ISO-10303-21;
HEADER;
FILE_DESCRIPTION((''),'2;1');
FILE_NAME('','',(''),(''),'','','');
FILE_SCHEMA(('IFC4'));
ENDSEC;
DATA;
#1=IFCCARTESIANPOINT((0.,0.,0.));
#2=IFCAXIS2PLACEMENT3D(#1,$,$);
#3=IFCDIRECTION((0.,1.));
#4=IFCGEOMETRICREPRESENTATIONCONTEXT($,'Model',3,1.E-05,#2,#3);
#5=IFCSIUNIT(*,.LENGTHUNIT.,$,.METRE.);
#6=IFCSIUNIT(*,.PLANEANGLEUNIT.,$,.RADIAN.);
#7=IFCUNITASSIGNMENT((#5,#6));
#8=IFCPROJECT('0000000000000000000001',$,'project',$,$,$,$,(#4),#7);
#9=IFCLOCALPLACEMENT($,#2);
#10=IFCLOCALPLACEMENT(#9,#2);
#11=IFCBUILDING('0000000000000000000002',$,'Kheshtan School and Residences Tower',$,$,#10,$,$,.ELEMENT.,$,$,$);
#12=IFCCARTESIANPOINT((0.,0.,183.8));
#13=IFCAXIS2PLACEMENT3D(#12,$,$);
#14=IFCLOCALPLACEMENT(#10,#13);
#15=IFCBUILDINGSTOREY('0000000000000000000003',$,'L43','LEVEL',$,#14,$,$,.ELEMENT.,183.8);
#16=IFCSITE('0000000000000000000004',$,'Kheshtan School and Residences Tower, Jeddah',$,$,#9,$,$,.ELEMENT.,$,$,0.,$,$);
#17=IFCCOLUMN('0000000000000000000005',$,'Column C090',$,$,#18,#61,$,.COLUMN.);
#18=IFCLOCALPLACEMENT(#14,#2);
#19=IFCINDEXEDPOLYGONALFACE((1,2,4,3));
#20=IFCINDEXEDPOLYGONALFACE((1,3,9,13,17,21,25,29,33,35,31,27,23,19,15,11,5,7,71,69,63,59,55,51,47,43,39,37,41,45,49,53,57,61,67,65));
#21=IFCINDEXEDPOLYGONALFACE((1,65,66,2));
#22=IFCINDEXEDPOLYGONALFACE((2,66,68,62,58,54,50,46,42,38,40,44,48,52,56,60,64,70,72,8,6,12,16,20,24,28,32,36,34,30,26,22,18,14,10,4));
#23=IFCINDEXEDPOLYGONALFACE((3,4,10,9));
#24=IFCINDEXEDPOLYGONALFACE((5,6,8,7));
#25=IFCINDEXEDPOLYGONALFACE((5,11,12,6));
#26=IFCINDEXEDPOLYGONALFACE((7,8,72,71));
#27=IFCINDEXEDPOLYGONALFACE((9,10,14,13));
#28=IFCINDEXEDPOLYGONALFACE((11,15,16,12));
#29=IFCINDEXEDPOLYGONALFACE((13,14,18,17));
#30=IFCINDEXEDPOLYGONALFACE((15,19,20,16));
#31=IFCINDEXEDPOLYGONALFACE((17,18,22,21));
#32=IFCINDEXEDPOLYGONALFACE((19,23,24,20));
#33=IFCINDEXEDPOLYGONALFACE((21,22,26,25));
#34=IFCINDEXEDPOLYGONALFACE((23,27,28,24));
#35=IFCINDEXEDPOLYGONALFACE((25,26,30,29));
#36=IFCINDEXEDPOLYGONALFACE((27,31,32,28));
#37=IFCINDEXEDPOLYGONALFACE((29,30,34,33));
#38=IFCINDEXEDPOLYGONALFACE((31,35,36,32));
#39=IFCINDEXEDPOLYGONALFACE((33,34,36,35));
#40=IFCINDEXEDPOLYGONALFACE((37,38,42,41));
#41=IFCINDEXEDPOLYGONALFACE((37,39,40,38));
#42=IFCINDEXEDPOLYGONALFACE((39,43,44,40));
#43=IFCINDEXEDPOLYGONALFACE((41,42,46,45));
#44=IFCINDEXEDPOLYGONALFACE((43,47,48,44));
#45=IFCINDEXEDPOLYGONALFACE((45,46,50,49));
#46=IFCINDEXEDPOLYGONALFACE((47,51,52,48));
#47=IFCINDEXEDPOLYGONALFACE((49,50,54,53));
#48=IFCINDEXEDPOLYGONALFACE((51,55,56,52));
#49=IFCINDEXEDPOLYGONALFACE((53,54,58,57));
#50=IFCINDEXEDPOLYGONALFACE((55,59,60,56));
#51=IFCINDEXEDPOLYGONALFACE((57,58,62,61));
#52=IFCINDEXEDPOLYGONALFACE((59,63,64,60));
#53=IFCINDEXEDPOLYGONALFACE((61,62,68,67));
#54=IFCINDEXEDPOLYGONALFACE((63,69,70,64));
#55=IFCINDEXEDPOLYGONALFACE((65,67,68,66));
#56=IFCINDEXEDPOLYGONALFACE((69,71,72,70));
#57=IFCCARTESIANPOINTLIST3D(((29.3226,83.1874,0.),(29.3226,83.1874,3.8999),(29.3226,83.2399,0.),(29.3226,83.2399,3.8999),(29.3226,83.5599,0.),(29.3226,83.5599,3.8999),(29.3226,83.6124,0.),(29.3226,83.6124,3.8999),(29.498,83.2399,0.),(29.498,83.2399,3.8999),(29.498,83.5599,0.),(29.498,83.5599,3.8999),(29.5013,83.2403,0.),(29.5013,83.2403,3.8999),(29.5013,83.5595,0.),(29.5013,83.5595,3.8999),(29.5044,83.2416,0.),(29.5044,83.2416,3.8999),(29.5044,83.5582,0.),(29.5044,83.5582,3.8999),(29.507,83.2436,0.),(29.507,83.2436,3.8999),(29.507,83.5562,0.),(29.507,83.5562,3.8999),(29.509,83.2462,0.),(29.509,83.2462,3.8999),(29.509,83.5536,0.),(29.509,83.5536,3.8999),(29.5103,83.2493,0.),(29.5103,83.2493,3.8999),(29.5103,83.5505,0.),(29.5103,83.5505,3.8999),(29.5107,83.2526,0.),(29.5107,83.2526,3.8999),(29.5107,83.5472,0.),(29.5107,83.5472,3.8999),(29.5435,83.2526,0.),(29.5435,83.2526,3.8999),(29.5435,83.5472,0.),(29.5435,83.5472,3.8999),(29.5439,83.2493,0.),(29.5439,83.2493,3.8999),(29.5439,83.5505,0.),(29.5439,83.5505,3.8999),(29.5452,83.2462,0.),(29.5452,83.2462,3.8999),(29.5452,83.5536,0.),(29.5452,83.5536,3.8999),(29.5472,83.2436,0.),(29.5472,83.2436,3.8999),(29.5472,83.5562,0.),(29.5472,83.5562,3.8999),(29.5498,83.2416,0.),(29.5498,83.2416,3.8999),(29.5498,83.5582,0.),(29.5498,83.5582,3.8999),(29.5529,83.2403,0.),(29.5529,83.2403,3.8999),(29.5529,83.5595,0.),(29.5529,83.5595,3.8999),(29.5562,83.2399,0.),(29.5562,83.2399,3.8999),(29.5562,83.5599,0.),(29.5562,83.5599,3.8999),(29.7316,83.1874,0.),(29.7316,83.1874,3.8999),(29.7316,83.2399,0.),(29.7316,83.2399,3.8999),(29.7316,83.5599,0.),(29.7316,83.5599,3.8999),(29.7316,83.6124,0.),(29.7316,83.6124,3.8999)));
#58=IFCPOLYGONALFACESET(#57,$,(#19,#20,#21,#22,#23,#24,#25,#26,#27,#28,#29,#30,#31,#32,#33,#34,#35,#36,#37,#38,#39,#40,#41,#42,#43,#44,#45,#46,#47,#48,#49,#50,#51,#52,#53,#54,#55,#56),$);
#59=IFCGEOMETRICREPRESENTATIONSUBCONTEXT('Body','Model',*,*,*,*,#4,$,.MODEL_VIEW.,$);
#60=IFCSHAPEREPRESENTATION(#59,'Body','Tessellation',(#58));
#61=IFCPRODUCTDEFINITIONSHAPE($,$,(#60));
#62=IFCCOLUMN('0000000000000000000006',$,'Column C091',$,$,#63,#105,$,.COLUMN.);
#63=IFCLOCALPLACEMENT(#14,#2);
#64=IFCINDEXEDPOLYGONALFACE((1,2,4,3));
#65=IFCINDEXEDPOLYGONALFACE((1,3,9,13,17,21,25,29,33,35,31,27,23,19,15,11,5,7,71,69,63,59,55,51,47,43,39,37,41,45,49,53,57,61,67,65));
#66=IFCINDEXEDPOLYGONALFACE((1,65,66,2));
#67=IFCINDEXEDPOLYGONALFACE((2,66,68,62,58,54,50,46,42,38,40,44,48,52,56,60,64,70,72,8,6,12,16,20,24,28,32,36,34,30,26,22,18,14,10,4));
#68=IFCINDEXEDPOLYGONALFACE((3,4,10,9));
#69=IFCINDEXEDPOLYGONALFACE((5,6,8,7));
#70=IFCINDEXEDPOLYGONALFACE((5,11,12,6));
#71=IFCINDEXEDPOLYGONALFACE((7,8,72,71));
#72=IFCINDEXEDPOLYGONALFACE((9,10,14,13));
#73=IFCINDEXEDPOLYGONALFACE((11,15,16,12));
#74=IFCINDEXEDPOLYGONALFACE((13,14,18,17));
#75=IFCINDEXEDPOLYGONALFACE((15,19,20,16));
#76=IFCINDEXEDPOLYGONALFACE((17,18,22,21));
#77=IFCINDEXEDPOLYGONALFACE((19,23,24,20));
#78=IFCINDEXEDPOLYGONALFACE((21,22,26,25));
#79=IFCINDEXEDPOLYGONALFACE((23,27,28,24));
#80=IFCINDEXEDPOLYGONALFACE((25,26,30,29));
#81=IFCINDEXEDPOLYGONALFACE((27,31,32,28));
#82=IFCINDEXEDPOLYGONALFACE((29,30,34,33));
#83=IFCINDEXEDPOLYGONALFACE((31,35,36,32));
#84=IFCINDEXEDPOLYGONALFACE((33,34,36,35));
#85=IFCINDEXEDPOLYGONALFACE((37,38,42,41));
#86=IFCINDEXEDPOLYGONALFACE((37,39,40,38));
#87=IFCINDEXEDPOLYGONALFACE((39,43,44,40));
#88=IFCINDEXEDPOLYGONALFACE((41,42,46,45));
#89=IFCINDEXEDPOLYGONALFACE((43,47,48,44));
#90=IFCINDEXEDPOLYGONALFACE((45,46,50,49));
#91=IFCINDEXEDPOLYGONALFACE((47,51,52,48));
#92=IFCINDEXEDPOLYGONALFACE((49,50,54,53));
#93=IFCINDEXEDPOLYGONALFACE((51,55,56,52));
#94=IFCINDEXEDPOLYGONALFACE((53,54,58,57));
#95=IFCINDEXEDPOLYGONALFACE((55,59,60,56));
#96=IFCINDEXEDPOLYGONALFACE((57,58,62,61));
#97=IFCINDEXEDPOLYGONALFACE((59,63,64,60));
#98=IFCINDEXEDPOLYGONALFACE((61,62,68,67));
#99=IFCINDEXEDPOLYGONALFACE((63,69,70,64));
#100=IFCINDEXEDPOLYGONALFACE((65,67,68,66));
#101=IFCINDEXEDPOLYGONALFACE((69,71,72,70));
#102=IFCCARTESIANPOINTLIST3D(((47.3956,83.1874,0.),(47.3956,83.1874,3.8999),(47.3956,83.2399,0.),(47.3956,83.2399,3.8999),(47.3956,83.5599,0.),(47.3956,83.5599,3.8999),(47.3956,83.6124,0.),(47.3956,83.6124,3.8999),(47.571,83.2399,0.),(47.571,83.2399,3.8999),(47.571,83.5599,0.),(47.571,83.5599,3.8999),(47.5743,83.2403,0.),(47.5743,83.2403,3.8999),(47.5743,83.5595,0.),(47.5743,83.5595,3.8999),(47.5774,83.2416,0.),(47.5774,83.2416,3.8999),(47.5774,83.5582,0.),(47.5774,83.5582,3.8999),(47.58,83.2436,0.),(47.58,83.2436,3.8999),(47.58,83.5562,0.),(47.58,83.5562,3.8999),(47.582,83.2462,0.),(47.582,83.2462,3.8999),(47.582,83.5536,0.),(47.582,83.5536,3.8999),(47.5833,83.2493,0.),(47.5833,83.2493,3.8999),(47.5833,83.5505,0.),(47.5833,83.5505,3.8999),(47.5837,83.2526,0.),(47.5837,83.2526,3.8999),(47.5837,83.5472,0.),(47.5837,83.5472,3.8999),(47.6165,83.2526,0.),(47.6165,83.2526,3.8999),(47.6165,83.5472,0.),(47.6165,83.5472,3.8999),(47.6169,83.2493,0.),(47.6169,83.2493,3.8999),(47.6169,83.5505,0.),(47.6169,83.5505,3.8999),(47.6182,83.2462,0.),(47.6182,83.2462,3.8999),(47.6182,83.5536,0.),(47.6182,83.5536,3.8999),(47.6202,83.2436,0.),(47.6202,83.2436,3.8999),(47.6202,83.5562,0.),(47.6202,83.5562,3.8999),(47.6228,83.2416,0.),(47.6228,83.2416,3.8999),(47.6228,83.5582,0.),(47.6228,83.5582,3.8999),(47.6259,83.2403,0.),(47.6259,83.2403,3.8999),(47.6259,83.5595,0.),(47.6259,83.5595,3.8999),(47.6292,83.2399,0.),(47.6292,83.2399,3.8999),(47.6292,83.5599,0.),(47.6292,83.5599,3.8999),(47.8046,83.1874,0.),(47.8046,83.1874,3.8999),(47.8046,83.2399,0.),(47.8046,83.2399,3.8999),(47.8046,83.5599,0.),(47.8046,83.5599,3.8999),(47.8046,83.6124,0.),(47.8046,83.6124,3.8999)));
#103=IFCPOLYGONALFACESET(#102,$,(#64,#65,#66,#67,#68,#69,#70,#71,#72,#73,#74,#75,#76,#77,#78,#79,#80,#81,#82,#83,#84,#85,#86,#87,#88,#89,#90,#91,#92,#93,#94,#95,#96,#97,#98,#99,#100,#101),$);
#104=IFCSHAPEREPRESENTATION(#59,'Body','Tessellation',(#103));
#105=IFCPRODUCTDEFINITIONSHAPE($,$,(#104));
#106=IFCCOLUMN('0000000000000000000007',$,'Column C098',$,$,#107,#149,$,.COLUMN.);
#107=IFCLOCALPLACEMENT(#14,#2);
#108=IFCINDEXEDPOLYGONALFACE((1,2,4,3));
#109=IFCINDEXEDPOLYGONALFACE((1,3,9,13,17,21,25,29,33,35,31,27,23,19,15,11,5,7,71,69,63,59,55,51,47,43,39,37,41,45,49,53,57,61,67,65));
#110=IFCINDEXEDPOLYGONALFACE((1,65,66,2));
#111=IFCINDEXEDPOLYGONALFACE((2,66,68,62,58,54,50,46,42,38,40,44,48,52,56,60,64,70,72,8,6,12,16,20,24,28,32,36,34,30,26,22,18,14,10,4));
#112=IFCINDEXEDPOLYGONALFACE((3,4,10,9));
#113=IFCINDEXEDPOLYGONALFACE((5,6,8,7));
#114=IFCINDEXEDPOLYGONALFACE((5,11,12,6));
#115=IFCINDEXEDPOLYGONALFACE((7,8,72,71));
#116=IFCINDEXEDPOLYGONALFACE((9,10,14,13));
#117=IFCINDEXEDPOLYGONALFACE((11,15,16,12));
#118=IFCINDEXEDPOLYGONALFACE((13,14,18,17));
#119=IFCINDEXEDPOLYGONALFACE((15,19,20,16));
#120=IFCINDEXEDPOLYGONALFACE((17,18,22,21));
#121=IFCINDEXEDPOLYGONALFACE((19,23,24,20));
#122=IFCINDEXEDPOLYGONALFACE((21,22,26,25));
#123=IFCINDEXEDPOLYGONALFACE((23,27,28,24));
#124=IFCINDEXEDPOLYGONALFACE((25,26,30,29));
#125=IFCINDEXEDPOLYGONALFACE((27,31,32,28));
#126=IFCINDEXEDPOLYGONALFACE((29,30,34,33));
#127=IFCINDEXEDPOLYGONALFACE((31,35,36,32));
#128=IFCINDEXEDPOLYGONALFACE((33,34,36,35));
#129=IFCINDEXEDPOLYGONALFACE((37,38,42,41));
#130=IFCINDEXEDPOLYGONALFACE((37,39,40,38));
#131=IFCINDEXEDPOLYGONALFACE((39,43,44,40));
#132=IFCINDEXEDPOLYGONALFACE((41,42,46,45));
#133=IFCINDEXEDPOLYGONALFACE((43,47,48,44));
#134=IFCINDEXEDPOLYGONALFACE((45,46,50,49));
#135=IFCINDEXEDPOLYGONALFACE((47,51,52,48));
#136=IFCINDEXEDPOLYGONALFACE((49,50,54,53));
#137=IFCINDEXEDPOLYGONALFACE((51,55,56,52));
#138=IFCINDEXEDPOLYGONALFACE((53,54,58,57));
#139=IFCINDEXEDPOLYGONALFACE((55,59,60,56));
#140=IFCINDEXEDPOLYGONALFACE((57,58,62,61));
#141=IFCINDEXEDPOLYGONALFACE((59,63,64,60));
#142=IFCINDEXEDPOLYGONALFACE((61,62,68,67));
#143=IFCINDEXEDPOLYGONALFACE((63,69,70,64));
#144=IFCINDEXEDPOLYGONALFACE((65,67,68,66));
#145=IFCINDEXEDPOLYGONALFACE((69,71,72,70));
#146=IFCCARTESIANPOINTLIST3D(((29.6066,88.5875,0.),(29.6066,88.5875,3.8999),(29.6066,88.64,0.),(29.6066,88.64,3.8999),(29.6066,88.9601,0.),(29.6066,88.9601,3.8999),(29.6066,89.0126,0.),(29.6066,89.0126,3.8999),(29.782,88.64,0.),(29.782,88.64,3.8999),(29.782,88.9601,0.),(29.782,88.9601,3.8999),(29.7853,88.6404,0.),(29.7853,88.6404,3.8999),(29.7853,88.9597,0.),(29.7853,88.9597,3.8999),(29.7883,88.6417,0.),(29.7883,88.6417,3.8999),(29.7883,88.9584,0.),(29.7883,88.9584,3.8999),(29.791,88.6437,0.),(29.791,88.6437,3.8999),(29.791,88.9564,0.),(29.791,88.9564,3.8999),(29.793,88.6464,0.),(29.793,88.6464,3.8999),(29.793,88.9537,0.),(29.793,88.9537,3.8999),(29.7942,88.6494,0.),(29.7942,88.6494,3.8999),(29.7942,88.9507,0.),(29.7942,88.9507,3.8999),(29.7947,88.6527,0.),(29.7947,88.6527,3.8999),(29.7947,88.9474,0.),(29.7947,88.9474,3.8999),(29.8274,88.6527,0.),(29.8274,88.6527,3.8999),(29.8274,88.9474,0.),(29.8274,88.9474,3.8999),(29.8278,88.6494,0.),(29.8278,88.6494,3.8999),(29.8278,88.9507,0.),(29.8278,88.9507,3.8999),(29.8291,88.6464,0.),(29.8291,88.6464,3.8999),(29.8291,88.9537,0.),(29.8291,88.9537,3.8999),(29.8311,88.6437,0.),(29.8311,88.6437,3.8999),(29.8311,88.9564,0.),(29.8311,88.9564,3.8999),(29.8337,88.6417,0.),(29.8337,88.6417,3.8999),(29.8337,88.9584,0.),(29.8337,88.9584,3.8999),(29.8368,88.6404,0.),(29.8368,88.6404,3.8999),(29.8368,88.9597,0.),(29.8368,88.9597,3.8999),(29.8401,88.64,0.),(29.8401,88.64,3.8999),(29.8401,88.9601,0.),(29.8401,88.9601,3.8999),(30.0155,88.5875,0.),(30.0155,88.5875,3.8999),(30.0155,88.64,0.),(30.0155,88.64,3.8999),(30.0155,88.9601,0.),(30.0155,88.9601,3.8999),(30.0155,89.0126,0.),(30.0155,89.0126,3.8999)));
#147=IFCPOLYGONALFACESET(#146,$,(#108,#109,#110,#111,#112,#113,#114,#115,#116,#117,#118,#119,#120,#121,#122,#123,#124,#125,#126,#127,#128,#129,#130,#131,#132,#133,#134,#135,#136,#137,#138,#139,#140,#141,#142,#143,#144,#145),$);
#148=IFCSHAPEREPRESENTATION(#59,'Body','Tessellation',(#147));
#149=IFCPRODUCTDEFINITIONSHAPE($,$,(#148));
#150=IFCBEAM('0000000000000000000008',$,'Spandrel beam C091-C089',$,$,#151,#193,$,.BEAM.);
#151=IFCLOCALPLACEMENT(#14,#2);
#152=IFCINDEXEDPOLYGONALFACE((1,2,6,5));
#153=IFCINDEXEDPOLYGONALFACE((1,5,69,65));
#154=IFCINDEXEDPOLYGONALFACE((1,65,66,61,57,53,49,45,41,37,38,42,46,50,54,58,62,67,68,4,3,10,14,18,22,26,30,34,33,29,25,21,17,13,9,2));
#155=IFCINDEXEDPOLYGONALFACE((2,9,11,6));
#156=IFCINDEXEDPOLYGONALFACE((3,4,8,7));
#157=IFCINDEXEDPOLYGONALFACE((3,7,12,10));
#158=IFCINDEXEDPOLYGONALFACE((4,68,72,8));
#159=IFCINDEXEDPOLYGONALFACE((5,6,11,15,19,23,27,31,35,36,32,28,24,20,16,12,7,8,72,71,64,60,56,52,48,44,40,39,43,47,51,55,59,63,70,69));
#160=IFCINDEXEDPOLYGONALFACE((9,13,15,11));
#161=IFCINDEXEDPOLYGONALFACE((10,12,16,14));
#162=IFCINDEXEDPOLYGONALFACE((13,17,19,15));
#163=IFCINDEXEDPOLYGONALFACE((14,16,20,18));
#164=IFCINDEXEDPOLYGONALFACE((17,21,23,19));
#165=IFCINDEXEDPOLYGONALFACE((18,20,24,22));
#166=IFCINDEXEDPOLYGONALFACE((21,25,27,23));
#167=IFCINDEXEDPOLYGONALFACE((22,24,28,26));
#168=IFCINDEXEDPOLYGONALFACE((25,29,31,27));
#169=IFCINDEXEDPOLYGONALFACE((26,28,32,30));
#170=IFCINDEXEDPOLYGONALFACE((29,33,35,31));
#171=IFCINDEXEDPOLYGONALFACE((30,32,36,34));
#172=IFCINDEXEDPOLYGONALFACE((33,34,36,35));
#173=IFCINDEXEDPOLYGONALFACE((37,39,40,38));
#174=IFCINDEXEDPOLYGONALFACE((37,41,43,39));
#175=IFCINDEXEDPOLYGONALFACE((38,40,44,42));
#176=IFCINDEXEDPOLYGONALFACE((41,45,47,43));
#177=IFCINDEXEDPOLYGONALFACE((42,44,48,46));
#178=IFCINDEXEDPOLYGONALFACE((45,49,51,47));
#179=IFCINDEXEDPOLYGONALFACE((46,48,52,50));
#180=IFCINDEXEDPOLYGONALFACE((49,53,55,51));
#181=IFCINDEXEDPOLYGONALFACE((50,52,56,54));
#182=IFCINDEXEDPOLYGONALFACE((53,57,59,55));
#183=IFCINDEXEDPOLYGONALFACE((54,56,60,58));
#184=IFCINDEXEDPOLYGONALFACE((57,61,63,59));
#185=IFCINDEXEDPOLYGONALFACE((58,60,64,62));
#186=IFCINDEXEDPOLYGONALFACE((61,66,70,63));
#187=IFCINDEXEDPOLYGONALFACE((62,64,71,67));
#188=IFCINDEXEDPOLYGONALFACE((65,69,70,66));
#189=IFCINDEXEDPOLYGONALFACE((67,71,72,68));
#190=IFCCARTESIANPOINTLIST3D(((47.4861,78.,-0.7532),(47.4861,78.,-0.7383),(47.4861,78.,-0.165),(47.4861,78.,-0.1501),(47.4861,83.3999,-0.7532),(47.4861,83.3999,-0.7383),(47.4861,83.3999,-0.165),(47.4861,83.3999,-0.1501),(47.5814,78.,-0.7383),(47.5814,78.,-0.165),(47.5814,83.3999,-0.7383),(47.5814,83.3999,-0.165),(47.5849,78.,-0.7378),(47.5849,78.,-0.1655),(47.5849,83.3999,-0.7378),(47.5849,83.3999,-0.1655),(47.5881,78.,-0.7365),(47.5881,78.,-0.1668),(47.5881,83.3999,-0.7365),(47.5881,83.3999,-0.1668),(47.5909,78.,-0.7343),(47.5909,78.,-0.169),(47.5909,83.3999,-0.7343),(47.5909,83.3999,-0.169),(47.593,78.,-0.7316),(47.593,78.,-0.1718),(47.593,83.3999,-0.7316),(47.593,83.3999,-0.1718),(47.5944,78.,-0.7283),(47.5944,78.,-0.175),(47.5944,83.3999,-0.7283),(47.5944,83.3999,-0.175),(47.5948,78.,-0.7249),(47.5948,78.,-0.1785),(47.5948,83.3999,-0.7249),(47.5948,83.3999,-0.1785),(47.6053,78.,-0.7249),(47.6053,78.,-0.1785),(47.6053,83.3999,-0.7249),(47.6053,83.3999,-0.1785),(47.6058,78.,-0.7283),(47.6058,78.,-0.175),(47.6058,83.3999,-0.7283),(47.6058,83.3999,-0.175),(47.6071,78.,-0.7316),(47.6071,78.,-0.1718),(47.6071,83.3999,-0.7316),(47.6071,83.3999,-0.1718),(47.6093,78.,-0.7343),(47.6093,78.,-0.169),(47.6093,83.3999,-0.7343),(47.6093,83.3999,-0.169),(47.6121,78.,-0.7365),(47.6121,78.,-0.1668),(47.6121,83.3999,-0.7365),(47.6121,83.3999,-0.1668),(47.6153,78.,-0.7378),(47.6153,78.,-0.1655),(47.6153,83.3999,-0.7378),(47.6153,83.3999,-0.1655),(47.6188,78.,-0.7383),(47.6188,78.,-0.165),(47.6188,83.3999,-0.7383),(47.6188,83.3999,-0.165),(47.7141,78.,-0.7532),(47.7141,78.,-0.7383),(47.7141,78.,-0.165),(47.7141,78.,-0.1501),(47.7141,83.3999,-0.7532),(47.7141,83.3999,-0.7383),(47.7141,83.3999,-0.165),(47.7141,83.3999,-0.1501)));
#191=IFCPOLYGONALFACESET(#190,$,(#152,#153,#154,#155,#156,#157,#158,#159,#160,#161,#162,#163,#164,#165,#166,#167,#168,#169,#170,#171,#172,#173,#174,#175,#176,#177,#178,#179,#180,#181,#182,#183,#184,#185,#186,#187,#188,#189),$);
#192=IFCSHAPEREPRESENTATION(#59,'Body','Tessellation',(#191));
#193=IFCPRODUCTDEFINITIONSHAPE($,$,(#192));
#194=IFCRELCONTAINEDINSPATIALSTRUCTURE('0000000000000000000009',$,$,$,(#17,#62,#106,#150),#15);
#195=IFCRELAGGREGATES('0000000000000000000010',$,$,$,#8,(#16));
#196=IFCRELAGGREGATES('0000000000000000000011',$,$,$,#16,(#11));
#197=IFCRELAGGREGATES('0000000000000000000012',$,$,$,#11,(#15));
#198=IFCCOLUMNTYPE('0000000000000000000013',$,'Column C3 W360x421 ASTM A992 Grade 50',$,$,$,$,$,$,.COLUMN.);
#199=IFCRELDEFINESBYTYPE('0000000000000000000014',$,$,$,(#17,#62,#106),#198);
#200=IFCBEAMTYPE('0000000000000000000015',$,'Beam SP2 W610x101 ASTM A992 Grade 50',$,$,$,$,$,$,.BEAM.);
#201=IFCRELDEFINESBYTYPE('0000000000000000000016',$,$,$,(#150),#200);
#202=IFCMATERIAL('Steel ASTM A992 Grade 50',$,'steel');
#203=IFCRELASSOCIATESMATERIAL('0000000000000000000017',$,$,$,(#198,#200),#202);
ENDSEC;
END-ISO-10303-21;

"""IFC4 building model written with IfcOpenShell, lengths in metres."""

from ifc_helpers import new_model, si_unit, direction, frame, origin, origin_2d, place, context, subcontext, project, spatial, i_section, extrude, material, material_profile, profile_set, type_object, element, save


model = new_model("IFC4")

# Units and contexts
model_context = context("Model", 3, precision=1e-05, world=origin(), true_north=direction((0.0, 1.0)))
body_context = subcontext(model_context, "Body", "Model", "MODEL_VIEW")
ifc_project = project(units=[si_unit("LENGTHUNIT", "METRE"), si_unit("PLANEANGLEUNIT", "RADIAN")], contexts=[model_context])

# Site, building, storey
site_placement = place(None, origin())
site = spatial("IfcSite", under=ifc_project, at=site_placement, Name="Kheshtan School and Residences Tower, Jeddah", CompositionType="ELEMENT", RefElevation=0.0)
building_placement = place(site_placement, origin())
building = spatial("IfcBuilding", under=site, at=building_placement, Name="Kheshtan School and Residences Tower", CompositionType="ELEMENT")
storey_placement = place(building_placement, frame((0.0, 0.0, 183.8)))
storey = spatial("IfcBuildingStorey", under=building, at=storey_placement, Name="L43", Description="LEVEL", CompositionType="ELEMENT", Elevation=183.8)

# Columns
ifc_material_1 = material(Name="Steel ASTM A992 Grade 50", Category="steel")
ifc_material_profile_1 = material_profile(ifc_material_1, i_section(OverallWidth=0.4089, OverallDepth=0.425, WebThickness=0.0327, FlangeThickness=0.0525, FilletRadius=0.0127, at=origin_2d()), Name="W360x421")
ifc_profile_set_1 = profile_set([ifc_material_profile_1], Name="Steel ASTM A992 Grade 50")
column_type = type_object("IfcColumnType", Name="Column C3 W360x421 ASTM A992 Grade 50", PredefinedType="COLUMN", material=ifc_profile_set_1)
for number, where, z_axis, x_axis, name in (
    (1, (29.5271, 83.3999, 0.0), (0.0, 0.0, 1.0), (1.0, 0.0, 0.0), "Column C090"),
    (2, (47.6001, 83.3999, 0.0), (0.0, 0.0, 1.0), (1.0, 0.0, 0.0), "Column C091"),
    (3, (29.811, 88.8, 0.0), (0.0, 0.0, 1.0), (1.0, 0.0, 0.0), "Column C098"),
):
    element("IfcColumn", number, at=place(storey_placement, frame(where, z_axis=z_axis, x_axis=x_axis)), inside=storey, type_object=column_type, Name=name, PredefinedType="COLUMN", context=body_context, shape_type="SweptSolid", body=[
        extrude(i_section(OverallWidth=0.4089, OverallDepth=0.425, WebThickness=0.0327, FlangeThickness=0.0525, FilletRadius=0.0127, at=origin_2d()), origin(), (0.0, 0.0, 1.0), 3.8999),
    ])

# Beam
ifc_material_profile_2 = material_profile(ifc_material_1, i_section(OverallWidth=0.228, OverallDepth=0.603, WebThickness=0.0105, FlangeThickness=0.0149, FilletRadius=0.0134, at=origin_2d()), Name="W610x101")
ifc_profile_set_2 = profile_set([ifc_material_profile_2], Name="Steel ASTM A992 Grade 50")
beam_type_1 = type_object("IfcBeamType", Name="Beam SP2 W610x101 ASTM A992 Grade 50", PredefinedType="BEAM", material=ifc_profile_set_2)
beam_1_placement = place(storey_placement, frame((47.6001, 83.3999, -0.4517), z_axis=(0.0, -1.0, 0.0), x_axis=(1.0, 0.0, 0.0)))
element("IfcBeam", 4, at=beam_1_placement, inside=storey, type_object=beam_type_1, Name="Spandrel beam C091-C089", PredefinedType="BEAM", context=body_context, shape_type="SweptSolid", body=[
    extrude(i_section(OverallWidth=0.228, OverallDepth=0.603, WebThickness=0.0105, FlangeThickness=0.0149, FilletRadius=0.0134, at=origin_2d()), origin(), (0.0, 0.0, 1.0), 5.3999),
])

save(model, "model.ifc")
